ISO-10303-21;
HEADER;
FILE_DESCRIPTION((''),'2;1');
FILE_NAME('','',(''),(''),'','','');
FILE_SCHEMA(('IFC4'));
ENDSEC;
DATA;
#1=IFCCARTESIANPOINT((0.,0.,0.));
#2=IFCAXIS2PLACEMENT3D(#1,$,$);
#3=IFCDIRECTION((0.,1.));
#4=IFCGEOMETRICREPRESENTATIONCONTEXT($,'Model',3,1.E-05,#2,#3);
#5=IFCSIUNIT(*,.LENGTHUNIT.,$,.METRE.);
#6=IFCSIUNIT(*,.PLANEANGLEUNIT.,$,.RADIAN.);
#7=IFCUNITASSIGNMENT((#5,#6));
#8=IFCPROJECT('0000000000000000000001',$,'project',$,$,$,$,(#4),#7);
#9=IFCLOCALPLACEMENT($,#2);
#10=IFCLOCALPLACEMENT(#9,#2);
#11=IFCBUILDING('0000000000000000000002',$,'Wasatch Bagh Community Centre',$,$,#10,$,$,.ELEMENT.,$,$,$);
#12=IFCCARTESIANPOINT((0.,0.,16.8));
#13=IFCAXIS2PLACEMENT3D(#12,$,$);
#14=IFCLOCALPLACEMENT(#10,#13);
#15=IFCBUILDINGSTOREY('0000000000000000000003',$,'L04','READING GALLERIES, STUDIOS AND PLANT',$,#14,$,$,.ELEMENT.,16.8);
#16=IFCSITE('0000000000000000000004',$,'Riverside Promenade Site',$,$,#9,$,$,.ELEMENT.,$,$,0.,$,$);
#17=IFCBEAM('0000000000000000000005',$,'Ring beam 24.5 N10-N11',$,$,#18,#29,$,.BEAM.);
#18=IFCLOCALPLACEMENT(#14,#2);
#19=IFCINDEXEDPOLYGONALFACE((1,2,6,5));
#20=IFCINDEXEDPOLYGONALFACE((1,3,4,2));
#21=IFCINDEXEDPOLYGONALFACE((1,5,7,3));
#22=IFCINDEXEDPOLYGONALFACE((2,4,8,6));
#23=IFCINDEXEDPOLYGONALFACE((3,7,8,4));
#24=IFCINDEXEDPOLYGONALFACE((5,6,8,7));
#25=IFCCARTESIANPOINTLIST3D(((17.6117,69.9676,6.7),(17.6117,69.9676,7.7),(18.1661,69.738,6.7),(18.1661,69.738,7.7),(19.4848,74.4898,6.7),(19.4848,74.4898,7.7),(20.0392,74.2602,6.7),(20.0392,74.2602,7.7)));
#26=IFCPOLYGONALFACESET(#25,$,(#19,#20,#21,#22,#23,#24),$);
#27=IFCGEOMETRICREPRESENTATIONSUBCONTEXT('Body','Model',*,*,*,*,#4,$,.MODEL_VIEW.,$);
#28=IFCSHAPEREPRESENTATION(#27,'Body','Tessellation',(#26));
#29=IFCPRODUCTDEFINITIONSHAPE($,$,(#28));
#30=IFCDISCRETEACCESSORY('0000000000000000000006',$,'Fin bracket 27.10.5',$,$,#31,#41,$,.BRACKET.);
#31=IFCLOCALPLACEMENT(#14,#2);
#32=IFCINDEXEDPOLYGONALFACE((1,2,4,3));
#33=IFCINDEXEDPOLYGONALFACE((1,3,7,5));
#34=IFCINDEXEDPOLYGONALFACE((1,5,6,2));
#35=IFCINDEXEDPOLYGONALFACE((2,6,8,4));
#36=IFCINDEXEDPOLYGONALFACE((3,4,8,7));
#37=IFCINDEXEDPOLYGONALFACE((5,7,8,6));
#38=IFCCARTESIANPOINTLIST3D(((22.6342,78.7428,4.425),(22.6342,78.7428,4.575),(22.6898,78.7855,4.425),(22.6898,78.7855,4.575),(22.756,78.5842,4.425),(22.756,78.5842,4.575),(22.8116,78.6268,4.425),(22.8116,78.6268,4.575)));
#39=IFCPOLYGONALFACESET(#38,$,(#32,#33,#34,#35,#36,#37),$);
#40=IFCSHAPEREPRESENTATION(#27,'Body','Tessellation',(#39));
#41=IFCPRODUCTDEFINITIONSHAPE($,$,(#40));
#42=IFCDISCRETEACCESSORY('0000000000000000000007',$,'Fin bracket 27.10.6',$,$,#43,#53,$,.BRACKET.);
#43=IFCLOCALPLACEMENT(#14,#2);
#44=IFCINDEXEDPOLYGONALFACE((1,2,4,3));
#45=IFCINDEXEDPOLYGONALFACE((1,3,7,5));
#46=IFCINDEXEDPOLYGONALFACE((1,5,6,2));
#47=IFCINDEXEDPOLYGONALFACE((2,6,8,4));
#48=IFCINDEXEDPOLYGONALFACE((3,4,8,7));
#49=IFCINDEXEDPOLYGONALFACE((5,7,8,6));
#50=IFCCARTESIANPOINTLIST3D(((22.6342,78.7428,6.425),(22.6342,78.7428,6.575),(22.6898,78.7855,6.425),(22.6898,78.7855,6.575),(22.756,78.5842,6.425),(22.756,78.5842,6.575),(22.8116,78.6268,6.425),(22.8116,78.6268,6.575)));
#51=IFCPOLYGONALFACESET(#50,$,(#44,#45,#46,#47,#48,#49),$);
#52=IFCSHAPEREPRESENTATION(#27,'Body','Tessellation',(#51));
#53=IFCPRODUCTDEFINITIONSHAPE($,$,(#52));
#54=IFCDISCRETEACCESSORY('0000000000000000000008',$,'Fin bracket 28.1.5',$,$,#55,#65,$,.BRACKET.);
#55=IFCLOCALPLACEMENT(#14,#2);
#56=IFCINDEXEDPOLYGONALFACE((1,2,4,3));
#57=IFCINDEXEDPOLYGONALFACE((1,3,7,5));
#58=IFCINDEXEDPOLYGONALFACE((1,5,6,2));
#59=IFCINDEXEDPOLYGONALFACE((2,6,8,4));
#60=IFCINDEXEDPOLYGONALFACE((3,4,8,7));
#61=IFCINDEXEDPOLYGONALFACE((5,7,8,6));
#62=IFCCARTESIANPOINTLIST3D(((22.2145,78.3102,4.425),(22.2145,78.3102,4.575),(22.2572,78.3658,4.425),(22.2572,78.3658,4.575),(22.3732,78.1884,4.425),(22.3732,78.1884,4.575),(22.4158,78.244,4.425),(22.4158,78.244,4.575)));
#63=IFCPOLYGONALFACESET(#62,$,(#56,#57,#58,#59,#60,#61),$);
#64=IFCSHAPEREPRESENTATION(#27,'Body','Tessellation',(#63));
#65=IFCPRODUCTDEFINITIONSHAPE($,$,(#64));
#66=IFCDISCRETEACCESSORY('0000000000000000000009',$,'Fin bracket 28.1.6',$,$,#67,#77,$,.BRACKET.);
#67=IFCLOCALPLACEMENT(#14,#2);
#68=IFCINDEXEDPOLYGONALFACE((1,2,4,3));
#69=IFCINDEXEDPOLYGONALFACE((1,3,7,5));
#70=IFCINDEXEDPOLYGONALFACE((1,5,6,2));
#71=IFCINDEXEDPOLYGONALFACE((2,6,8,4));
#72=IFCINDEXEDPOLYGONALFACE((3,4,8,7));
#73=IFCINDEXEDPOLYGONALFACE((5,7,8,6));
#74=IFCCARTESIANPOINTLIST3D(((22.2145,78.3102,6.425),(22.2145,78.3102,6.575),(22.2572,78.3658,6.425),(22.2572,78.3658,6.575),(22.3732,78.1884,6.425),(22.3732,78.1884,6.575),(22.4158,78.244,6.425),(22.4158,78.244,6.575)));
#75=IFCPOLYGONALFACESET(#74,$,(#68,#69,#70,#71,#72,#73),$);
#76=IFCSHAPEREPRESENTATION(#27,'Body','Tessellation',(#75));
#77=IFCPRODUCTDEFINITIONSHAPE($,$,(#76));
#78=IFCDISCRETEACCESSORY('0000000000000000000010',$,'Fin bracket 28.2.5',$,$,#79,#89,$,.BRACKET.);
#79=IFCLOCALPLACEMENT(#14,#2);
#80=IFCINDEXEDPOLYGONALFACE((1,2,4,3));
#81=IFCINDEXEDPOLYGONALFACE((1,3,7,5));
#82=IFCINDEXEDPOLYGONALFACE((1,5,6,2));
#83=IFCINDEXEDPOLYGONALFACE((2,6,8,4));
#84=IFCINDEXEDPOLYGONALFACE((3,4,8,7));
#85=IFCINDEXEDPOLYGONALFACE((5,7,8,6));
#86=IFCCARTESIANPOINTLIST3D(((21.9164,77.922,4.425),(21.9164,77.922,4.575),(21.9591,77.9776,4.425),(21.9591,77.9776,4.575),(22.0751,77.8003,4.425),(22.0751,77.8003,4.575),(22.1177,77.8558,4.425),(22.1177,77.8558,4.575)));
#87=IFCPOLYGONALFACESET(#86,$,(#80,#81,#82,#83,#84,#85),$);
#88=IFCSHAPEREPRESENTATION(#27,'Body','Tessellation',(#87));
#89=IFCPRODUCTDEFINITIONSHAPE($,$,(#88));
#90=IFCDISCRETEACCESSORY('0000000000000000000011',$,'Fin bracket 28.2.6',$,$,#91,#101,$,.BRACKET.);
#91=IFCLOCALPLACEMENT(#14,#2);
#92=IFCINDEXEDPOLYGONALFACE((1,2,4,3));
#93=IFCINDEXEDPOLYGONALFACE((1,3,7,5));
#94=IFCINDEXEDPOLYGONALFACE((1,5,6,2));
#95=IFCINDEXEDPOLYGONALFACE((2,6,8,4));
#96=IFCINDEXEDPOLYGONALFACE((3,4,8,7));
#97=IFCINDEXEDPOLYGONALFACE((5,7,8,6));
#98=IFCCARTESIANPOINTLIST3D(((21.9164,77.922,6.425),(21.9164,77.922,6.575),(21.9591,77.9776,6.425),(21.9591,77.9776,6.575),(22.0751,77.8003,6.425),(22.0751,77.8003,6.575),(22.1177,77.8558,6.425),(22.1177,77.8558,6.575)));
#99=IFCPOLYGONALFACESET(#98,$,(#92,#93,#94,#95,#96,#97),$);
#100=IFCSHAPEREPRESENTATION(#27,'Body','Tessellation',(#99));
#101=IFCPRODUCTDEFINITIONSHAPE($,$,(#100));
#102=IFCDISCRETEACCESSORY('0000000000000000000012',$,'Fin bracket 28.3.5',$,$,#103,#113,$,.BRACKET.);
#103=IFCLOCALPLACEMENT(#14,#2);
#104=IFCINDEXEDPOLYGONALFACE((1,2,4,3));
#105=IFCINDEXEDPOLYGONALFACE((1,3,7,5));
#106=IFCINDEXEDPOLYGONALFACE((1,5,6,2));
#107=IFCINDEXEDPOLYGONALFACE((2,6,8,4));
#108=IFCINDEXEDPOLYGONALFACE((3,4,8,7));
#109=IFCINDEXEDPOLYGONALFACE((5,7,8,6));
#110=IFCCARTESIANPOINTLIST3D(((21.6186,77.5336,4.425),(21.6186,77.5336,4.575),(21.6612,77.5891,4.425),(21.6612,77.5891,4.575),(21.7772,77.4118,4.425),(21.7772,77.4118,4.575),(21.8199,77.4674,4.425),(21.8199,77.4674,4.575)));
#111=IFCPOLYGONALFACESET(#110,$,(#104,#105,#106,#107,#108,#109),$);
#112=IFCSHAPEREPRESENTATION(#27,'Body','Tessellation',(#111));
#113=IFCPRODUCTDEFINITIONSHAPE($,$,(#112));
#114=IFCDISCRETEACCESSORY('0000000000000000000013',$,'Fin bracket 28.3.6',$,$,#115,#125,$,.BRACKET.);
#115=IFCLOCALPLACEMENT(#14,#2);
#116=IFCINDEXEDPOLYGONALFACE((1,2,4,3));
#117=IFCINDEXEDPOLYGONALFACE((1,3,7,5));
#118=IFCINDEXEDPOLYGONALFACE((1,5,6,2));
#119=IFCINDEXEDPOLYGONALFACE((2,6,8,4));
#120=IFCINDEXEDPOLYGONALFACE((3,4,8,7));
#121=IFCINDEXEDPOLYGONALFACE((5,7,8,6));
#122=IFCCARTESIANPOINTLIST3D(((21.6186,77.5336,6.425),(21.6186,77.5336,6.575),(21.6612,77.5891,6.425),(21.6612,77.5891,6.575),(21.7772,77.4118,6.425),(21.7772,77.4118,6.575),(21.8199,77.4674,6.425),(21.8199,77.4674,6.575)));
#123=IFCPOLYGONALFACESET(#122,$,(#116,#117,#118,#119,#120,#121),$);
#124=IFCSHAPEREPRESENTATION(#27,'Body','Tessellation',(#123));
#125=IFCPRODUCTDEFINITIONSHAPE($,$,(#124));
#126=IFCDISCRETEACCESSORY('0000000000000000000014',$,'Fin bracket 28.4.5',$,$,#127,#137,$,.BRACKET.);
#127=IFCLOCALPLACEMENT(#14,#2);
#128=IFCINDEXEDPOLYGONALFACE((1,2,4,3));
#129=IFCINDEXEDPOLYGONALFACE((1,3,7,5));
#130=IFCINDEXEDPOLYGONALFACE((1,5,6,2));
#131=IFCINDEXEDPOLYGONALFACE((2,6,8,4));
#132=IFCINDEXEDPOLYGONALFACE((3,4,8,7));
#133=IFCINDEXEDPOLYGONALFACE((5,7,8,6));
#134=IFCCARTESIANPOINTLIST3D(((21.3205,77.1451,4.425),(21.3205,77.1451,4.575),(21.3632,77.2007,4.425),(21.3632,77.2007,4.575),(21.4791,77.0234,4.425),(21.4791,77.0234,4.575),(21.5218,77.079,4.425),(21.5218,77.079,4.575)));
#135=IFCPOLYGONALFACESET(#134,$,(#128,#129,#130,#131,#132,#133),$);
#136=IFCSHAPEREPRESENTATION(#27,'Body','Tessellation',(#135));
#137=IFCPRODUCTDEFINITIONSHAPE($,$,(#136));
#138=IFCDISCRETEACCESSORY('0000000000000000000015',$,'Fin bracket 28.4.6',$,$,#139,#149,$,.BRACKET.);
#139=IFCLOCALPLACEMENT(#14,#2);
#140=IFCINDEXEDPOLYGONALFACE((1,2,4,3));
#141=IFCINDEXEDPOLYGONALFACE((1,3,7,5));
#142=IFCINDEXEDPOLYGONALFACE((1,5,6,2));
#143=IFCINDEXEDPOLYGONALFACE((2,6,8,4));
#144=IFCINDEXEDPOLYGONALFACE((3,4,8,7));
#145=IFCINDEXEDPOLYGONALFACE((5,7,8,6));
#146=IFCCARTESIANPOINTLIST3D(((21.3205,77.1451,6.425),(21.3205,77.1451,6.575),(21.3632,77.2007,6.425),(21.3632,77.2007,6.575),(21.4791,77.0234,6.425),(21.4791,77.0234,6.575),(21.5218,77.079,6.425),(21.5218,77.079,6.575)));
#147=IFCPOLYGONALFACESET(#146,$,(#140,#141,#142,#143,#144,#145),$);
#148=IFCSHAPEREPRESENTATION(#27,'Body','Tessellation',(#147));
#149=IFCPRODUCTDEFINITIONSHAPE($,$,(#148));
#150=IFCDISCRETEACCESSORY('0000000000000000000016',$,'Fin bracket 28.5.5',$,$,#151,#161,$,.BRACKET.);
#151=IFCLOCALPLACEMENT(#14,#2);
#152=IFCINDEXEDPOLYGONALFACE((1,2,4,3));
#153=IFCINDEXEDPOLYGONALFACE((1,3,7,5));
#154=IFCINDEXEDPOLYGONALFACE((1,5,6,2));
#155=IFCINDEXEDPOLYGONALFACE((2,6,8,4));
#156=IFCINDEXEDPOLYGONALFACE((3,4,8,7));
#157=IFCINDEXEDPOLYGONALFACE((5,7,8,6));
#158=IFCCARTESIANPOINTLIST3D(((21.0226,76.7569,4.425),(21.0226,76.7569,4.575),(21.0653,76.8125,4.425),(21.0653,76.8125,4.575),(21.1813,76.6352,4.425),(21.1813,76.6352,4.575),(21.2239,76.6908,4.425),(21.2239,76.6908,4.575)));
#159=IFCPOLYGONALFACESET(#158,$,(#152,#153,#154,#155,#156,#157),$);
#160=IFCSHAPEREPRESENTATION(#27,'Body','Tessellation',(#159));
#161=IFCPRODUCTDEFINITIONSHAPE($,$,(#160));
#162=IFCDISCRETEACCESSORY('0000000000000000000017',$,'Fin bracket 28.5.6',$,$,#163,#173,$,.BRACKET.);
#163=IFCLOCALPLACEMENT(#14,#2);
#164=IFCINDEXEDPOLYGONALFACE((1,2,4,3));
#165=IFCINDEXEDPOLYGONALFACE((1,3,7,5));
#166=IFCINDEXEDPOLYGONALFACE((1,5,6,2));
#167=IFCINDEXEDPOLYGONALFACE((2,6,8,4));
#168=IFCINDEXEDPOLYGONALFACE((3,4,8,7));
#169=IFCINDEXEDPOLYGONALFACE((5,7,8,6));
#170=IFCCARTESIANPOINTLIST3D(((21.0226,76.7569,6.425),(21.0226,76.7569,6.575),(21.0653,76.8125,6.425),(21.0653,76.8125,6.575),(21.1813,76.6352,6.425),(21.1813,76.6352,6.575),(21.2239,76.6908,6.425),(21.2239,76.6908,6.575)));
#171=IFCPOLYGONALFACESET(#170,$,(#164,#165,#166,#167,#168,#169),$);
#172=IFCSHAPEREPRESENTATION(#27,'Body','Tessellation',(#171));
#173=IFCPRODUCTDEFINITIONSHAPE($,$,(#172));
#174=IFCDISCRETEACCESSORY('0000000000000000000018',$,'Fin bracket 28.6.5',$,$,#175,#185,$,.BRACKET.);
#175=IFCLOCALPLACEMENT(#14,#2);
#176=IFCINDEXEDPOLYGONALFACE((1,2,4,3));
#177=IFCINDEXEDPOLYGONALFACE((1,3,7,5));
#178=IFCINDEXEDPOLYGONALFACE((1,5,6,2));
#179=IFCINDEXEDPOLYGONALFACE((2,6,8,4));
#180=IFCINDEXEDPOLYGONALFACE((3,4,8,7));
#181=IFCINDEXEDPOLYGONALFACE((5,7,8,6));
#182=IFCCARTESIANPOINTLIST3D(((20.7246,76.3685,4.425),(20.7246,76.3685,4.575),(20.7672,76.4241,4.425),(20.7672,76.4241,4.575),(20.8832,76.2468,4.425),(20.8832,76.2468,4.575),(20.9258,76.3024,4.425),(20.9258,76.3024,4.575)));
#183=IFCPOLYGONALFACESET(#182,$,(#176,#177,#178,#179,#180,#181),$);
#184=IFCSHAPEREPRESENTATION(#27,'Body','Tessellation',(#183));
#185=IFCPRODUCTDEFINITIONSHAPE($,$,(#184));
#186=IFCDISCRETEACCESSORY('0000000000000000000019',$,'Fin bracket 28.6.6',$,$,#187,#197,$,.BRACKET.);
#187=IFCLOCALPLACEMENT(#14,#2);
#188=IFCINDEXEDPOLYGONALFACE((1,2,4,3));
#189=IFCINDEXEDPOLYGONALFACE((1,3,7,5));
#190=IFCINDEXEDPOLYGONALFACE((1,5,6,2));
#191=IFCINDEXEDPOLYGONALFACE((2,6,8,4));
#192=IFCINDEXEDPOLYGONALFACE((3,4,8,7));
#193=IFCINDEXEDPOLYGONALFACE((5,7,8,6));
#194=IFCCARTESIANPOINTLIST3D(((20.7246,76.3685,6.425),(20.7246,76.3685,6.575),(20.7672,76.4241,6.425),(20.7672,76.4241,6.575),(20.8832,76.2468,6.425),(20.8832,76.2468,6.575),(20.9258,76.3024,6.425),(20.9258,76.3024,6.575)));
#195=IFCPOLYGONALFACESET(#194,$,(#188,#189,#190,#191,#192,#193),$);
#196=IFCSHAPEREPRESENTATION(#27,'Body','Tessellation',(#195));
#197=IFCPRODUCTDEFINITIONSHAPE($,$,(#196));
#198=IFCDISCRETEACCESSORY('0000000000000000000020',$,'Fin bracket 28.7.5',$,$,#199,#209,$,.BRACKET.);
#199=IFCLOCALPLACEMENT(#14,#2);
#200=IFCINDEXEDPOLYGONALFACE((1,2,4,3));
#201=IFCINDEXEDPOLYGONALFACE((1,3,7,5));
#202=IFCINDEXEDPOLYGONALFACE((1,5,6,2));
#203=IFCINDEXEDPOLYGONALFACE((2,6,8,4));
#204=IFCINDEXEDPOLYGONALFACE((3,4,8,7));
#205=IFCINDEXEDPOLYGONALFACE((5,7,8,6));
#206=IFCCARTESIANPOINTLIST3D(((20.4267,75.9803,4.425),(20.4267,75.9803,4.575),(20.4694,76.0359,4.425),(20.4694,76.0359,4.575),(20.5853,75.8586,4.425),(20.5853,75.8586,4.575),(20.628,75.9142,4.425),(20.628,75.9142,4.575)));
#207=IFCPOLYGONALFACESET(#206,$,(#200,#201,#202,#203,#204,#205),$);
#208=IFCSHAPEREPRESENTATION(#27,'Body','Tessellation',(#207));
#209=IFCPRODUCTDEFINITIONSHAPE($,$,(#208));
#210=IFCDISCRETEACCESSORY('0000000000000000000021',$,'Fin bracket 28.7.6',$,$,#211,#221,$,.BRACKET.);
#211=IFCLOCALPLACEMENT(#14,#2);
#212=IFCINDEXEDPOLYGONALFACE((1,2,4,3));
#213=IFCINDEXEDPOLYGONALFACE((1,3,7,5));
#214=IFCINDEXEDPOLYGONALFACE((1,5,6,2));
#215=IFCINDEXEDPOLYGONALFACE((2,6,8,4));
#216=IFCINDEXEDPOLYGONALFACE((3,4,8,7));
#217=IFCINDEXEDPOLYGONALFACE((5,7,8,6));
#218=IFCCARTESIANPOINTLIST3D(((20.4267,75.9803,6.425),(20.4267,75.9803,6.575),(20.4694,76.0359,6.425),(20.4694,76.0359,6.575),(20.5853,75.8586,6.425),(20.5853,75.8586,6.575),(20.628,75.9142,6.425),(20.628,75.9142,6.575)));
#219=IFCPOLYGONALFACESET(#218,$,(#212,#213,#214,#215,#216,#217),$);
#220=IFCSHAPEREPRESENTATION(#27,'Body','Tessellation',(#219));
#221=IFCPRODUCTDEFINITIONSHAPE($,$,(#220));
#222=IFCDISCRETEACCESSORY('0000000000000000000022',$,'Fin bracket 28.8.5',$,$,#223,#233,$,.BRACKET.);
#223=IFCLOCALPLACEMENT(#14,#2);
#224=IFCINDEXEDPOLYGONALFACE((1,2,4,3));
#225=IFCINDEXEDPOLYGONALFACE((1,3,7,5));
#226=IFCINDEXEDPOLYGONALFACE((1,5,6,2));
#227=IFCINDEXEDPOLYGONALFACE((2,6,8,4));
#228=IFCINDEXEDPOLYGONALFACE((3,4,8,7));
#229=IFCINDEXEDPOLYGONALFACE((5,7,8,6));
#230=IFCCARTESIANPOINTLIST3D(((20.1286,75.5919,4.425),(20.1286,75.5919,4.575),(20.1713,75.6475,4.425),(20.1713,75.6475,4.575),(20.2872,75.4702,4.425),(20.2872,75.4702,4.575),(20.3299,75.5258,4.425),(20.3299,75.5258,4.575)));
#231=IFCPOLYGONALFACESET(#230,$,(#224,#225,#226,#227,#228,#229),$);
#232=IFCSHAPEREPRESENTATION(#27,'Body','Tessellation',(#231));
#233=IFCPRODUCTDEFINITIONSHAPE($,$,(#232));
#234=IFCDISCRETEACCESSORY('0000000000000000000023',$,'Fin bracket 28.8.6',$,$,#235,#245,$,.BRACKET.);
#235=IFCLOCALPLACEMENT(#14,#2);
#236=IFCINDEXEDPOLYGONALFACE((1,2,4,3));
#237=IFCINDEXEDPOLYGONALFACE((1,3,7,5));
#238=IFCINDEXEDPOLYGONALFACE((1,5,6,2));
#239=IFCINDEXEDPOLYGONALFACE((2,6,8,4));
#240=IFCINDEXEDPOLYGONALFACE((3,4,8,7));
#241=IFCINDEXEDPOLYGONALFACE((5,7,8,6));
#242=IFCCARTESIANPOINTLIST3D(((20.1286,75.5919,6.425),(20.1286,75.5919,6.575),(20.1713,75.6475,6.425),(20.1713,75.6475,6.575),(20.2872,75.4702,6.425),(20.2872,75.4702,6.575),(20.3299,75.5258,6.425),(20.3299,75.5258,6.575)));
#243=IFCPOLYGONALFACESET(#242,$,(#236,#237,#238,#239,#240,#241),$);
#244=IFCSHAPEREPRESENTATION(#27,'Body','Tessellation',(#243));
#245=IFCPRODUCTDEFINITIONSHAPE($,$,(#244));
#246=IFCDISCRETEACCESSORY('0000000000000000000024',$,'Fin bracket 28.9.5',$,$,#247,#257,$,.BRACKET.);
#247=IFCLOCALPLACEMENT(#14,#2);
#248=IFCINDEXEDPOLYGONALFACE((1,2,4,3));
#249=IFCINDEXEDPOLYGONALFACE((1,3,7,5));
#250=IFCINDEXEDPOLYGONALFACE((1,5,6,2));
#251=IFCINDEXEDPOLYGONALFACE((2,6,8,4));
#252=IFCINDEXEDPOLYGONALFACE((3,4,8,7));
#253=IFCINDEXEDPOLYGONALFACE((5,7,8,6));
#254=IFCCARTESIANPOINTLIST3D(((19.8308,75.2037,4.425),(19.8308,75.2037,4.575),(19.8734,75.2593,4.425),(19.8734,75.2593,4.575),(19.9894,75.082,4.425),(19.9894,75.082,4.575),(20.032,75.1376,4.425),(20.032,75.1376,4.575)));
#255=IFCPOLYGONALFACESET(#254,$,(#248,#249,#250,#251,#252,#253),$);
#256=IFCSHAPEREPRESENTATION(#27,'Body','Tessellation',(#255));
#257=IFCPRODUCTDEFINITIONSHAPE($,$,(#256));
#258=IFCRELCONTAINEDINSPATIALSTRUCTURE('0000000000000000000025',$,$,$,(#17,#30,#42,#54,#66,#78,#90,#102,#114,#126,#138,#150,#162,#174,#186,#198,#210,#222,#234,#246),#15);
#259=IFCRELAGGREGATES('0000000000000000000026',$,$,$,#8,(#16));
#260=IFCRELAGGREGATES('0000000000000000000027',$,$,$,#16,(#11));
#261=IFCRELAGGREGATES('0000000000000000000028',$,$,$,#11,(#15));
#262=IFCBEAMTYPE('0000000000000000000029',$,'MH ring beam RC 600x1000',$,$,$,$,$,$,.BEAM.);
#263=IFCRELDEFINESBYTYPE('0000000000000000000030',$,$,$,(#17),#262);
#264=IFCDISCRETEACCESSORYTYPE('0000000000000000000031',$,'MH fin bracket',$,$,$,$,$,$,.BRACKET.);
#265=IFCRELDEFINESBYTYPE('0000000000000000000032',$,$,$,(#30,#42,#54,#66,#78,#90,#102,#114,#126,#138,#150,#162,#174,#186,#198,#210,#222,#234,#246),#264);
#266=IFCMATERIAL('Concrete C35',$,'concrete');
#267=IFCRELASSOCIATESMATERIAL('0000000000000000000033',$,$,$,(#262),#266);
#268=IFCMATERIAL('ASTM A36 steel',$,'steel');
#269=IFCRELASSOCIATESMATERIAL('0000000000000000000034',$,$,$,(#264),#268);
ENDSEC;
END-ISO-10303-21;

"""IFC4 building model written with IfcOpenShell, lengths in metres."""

from ifc_helpers import new_model, si_unit, direction, frame, origin, origin_2d, place, context, subcontext, project, spatial, rectangle, extrude, material, material_profile, profile_set, type_object, element, save


model = new_model("IFC4")

# Units and contexts
model_context = context("Model", 3, precision=1e-05, world=origin(), true_north=direction((0.0, 1.0)))
body_context = subcontext(model_context, "Body", "Model", "MODEL_VIEW")
ifc_project = project(units=[si_unit("LENGTHUNIT", "METRE"), si_unit("PLANEANGLEUNIT", "RADIAN")], contexts=[model_context])

# Site, building, storey
site_placement = place(None, origin())
site = spatial("IfcSite", under=ifc_project, at=site_placement, Name="Riverside Promenade Site", CompositionType="ELEMENT", RefElevation=0.0)
building_placement = place(site_placement, origin())
building = spatial("IfcBuilding", under=site, at=building_placement, Name="Wasatch Bagh Community Centre", CompositionType="ELEMENT")
storey_placement = place(building_placement, frame((0.0, 0.0, 16.8)))
storey = spatial("IfcBuildingStorey", under=building, at=storey_placement, Name="L04", Description="READING GALLERIES, STUDIOS AND PLANT", CompositionType="ELEMENT", Elevation=16.8)

# Beam
ifc_material_1 = material(Name="Concrete C35", Category="concrete")
ifc_material_profile = material_profile(ifc_material_1, rectangle(XDim=0.6001, YDim=1.0, at=origin_2d()), Name="RC 600x1000")
ifc_profile_set = profile_set([ifc_material_profile], Name="Concrete C35")
beam_type = type_object("IfcBeamType", Name="MH ring beam RC 600x1000", PredefinedType="BEAM", material=ifc_profile_set)
beam_placement = place(storey_placement, frame((19.762, 74.375, 7.2), z_axis=(-0.382663, -0.923888, 0.0), x_axis=(0.923888, -0.382663, 0.0)))
element("IfcBeam", 1, at=beam_placement, inside=storey, type_object=beam_type, Name="Ring beam 24.5 N10-N11", PredefinedType="BEAM", context=body_context, shape_type="SweptSolid", body=[
    extrude(rectangle(XDim=0.6001, YDim=1.0, at=origin_2d()), origin(), (0.0, 0.0, 1.0), 4.8948),
])

# Discrete accessories
ifc_material_2 = material(Name="ASTM A36 steel", Category="steel")
discrete_accessory_type = type_object("IfcDiscreteAccessoryType", Name="MH fin bracket", PredefinedType="BRACKET", material=ifc_material_2)
for number, where, z_axis, x_axis, name in (
    (2, (22.7229, 78.6848, 4.425), (0.0, 0.0, 1.0), (-0.793353, -0.608761, 0.0), "Fin bracket 27.10.5"),
    (3, (22.7229, 78.6848, 6.425), (0.0, 0.0, 1.0), (-0.793353, -0.608761, 0.0), "Fin bracket 27.10.6"),
    (4, (22.3152, 78.2771, 4.425), (0.0, 0.0, 1.0), (-0.608761, -0.793353, 0.0), "Fin bracket 28.1.5"),
    (5, (22.3152, 78.2771, 6.425), (0.0, 0.0, 1.0), (-0.608761, -0.793353, 0.0), "Fin bracket 28.1.6"),
    (6, (22.0171, 77.8889, 4.425), (0.0, 0.0, 1.0), (-0.608761, -0.793353, 0.0), "Fin bracket 28.2.5"),
    (7, (22.0171, 77.8889, 6.425), (0.0, 0.0, 1.0), (-0.608761, -0.793353, 0.0), "Fin bracket 28.2.6"),
    (8, (21.7192, 77.5005, 4.425), (0.0, 0.0, 1.0), (-0.608761, -0.793353, 0.0), "Fin bracket 28.3.5"),
    (9, (21.7192, 77.5005, 6.425), (0.0, 0.0, 1.0), (-0.608761, -0.793353, 0.0), "Fin bracket 28.3.6"),
    (10, (21.4211, 77.1121, 4.425), (0.0, 0.0, 1.0), (-0.608761, -0.793353, 0.0), "Fin bracket 28.4.5"),
    (11, (21.4211, 77.1121, 6.425), (0.0, 0.0, 1.0), (-0.608761, -0.793353, 0.0), "Fin bracket 28.4.6"),
    (12, (21.1233, 76.7239, 4.425), (0.0, 0.0, 1.0), (-0.608761, -0.793353, 0.0), "Fin bracket 28.5.5"),
    (13, (21.1233, 76.7239, 6.425), (0.0, 0.0, 1.0), (-0.608761, -0.793353, 0.0), "Fin bracket 28.5.6"),
    (14, (20.8252, 76.3354, 4.425), (0.0, 0.0, 1.0), (-0.608761, -0.793353, 0.0), "Fin bracket 28.6.5"),
    (15, (20.8252, 76.3354, 6.425), (0.0, 0.0, 1.0), (-0.608761, -0.793353, 0.0), "Fin bracket 28.6.6"),
    (16, (20.5273, 75.9473, 4.425), (0.0, 0.0, 1.0), (-0.608761, -0.793353, 0.0), "Fin bracket 28.7.5"),
    (17, (20.5273, 75.9473, 6.425), (0.0, 0.0, 1.0), (-0.608761, -0.793353, 0.0), "Fin bracket 28.7.6"),
    (18, (20.2292, 75.5588, 4.425), (0.0, 0.0, 1.0), (-0.608761, -0.793353, 0.0), "Fin bracket 28.8.5"),
    (19, (20.2292, 75.5588, 6.425), (0.0, 0.0, 1.0), (-0.608761, -0.793353, 0.0), "Fin bracket 28.8.6"),
    (20, (19.9314, 75.1707, 4.425), (0.0, 0.0, 1.0), (-0.608761, -0.793353, 0.0), "Fin bracket 28.9.5"),
):
    element("IfcDiscreteAccessory", number, at=place(storey_placement, frame(where, z_axis=z_axis, x_axis=x_axis)), inside=storey, type_object=discrete_accessory_type, Name=name, PredefinedType="BRACKET", context=body_context, shape_type="SweptSolid", body=[
        extrude(rectangle(XDim=0.0701, YDim=0.2, at=origin_2d()), origin(), (0.0, 0.0, 1.0), 0.1499),
    ])

save(model, "model.ifc")
